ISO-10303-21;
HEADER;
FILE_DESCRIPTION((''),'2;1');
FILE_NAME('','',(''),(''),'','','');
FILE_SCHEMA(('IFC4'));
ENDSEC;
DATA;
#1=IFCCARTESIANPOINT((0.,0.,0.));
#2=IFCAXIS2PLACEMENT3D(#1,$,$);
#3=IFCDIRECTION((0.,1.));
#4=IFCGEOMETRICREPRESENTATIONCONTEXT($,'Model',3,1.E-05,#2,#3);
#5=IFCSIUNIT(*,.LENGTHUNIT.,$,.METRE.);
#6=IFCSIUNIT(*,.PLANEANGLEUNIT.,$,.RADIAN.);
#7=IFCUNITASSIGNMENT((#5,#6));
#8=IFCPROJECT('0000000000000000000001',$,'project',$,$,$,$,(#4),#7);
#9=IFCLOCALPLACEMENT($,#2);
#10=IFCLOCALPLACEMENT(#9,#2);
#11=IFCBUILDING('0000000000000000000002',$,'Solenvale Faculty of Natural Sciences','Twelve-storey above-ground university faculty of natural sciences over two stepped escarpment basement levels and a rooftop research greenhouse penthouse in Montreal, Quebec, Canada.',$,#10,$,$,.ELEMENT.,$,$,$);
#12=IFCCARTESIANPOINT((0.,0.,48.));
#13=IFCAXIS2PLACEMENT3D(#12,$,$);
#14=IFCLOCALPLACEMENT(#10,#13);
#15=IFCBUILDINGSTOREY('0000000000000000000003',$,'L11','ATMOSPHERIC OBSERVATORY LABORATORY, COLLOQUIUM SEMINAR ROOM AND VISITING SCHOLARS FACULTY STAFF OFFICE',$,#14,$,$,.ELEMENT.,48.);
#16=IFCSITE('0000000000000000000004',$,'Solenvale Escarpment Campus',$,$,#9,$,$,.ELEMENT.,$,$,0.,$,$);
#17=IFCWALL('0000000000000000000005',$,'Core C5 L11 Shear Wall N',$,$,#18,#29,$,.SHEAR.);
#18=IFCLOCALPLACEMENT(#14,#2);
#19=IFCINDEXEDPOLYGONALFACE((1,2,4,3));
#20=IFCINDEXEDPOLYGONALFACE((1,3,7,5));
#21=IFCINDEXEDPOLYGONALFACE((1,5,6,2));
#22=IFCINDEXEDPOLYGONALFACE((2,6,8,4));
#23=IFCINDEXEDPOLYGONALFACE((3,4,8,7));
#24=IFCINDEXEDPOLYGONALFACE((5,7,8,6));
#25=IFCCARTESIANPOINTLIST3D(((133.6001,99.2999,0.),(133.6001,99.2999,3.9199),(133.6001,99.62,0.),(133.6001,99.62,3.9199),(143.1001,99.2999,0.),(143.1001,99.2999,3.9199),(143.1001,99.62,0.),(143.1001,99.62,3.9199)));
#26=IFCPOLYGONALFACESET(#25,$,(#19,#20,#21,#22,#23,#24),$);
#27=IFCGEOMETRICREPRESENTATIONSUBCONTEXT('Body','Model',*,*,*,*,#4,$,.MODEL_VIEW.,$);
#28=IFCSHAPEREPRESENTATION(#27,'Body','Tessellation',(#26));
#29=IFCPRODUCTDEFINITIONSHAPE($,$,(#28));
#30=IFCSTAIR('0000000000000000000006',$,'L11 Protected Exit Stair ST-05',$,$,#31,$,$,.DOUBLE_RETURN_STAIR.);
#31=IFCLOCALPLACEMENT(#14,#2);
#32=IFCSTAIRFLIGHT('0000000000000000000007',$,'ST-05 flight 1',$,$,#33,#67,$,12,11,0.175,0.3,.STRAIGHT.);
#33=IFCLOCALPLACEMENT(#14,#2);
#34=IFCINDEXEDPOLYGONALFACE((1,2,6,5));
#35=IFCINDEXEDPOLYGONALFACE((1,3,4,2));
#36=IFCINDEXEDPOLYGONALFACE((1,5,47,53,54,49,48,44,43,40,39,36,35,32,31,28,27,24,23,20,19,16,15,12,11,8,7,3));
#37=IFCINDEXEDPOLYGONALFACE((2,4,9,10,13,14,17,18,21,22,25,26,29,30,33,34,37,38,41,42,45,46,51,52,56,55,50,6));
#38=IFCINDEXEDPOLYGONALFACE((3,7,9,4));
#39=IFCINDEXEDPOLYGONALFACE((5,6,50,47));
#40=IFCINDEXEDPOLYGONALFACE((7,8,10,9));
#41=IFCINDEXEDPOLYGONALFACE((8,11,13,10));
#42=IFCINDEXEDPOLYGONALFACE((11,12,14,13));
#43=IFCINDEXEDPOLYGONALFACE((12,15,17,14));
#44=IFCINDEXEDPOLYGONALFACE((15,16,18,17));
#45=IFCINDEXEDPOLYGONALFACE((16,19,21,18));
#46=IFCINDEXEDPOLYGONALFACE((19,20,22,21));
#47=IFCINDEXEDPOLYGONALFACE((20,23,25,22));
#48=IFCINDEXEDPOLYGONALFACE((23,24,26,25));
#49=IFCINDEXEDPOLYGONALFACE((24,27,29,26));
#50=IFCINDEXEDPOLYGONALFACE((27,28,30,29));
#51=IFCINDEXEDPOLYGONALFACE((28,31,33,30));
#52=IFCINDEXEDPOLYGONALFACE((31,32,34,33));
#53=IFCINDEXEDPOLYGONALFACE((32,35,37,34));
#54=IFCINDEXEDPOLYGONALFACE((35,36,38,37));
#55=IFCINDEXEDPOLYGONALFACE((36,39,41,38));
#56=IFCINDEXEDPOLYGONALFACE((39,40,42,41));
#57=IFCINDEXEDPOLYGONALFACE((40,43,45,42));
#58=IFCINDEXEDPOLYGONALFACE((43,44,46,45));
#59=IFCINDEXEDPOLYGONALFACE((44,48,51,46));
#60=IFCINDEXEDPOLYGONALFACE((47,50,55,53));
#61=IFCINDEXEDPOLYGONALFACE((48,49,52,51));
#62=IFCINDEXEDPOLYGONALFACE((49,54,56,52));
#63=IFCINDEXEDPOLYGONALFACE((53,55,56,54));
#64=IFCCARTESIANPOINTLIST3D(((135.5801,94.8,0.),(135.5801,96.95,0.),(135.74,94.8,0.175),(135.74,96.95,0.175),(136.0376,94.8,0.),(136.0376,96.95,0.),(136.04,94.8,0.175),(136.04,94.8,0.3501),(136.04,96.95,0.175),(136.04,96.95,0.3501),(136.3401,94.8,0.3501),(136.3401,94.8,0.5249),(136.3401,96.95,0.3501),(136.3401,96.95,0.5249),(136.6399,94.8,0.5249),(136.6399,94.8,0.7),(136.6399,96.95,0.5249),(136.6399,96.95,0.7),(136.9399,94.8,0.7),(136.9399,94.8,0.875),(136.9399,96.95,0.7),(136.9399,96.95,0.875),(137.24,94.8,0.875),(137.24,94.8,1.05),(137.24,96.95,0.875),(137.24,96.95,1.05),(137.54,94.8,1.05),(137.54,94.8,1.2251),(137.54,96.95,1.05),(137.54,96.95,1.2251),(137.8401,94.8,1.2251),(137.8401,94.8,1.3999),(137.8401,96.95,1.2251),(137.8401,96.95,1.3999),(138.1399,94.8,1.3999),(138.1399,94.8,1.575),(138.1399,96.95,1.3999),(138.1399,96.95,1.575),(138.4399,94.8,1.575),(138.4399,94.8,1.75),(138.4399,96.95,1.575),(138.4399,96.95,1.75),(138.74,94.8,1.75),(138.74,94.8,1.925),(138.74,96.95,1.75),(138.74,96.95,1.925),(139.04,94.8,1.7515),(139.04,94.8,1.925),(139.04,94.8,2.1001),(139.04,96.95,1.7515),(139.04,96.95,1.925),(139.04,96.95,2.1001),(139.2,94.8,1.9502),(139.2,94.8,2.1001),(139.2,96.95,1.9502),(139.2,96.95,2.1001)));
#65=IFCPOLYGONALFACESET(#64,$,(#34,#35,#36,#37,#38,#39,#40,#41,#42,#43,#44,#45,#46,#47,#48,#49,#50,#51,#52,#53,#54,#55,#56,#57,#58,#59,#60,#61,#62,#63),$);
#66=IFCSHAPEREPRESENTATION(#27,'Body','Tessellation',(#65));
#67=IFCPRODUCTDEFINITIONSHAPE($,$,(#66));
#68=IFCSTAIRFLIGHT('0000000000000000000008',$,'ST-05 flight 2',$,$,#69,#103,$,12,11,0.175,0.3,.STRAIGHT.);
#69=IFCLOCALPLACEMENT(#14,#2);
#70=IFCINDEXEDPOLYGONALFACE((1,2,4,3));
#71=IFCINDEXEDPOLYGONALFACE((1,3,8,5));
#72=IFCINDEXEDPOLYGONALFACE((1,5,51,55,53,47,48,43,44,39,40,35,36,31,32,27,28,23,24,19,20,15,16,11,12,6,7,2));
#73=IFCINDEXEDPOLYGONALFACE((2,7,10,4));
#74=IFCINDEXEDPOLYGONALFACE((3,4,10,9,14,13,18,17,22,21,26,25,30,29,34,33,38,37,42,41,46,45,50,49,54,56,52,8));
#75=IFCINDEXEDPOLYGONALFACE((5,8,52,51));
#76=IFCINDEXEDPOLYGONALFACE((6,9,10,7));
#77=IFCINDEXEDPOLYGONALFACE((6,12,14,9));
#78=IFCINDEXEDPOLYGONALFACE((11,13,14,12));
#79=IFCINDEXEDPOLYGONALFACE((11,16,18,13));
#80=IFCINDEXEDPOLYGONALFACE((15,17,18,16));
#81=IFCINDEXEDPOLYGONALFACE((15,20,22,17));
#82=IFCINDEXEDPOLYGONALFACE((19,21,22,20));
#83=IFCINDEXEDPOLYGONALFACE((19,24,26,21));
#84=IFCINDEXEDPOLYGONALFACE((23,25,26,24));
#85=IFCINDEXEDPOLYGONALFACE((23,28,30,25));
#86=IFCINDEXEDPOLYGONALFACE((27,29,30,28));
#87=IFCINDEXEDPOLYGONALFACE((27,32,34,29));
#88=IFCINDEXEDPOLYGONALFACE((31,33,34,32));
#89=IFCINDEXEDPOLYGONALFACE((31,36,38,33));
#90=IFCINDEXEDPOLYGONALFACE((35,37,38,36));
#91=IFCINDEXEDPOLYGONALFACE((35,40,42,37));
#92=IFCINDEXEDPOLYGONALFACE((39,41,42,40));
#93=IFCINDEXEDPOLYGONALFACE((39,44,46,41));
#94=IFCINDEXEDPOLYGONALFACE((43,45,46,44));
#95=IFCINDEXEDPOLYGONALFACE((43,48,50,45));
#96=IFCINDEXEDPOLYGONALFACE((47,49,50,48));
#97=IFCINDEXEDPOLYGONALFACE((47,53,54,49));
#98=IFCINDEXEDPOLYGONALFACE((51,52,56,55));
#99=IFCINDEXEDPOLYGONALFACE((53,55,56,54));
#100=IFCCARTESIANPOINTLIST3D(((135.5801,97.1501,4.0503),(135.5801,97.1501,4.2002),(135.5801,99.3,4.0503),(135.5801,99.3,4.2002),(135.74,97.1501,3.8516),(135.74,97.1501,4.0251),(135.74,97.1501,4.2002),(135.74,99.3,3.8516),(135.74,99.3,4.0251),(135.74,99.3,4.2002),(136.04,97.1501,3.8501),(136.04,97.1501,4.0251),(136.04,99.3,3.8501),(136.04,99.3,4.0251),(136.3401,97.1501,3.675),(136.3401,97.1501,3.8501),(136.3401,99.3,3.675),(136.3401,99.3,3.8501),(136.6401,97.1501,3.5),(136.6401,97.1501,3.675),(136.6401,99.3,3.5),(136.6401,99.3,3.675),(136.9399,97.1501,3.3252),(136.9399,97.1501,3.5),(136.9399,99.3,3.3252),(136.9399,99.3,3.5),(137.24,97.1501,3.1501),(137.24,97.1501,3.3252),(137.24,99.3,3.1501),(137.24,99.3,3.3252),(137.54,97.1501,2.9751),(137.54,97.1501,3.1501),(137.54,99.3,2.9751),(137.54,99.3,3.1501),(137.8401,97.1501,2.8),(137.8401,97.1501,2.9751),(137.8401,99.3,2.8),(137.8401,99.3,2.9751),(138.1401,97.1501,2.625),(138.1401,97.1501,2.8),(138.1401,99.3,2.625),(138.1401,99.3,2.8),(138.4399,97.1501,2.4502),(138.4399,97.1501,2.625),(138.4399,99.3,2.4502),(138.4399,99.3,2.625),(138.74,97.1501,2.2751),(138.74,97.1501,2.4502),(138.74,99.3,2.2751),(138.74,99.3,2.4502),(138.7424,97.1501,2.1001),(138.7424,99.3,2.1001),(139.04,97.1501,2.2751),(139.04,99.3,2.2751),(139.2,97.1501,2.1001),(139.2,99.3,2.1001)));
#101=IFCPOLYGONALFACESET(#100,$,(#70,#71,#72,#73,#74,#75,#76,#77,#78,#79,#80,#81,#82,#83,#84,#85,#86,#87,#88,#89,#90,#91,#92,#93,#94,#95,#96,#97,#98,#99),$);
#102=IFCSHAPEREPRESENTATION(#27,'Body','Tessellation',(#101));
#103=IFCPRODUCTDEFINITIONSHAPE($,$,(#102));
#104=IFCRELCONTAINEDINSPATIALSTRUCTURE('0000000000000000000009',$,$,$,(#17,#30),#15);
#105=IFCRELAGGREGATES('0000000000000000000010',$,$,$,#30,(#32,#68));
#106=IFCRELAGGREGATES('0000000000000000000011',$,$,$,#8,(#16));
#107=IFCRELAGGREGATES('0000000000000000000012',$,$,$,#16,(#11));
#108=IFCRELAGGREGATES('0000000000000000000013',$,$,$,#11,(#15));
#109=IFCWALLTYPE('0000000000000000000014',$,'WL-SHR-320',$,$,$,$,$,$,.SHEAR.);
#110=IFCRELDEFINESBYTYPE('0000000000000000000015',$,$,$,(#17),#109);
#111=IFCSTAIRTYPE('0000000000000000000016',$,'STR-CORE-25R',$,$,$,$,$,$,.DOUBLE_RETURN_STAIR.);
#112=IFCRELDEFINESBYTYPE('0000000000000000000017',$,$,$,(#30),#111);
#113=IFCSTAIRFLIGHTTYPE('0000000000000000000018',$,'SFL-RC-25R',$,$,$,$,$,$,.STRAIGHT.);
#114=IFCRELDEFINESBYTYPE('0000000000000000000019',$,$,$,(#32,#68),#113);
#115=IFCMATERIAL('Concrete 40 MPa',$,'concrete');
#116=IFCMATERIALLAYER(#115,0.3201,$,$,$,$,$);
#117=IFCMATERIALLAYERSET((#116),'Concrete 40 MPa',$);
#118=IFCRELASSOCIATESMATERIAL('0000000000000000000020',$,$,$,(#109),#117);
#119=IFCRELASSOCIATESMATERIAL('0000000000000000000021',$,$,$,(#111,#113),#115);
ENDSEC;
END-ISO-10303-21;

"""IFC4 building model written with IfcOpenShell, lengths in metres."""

from ifc_helpers import new_model, si_unit, direction, frame, frame_2d, origin, place, context, subcontext, project, spatial, polyline, rectangle, outline, extrude, material, layer, layer_set, type_object, element, aggregate, save


model = new_model("IFC4")

# Units and contexts
model_context = context("Model", 3, precision=1e-05, world=origin(), true_north=direction((0.0, 1.0)))
body_context = subcontext(model_context, "Body", "Model", "MODEL_VIEW")
ifc_project = project(units=[si_unit("LENGTHUNIT", "METRE"), si_unit("PLANEANGLEUNIT", "RADIAN")], contexts=[model_context])

# Site, building, storey
site_placement = place(None, origin())
site = spatial("IfcSite", under=ifc_project, at=site_placement, Name="Solenvale Escarpment Campus", CompositionType="ELEMENT", RefElevation=0.0)
building_placement = place(site_placement, origin())
building = spatial("IfcBuilding", under=site, at=building_placement, Name="Solenvale Faculty of Natural Sciences", Description="Twelve-storey above-ground university faculty of natural sciences over two stepped escarpment basement levels and a rooftop research greenhouse penthouse in Montreal, Quebec, Canada.", CompositionType="ELEMENT")
storey_placement = place(building_placement, frame((0.0, 0.0, 48.0)))
storey = spatial("IfcBuildingStorey", under=building, at=storey_placement, Name="L11", Description="ATMOSPHERIC OBSERVATORY LABORATORY, COLLOQUIUM SEMINAR ROOM AND VISITING SCHOLARS FACULTY STAFF OFFICE", CompositionType="ELEMENT", Elevation=48.0)

# Shared definitions
ifc_material_1 = material(Name="Concrete 40 MPa", Category="concrete")

# Wall
ifc_layer_1 = layer(ifc_material_1, 0.3201)
ifc_layer_set_1 = layer_set([ifc_layer_1], Name="Concrete 40 MPa")
wall_type = type_object("IfcWallType", Name="WL-SHR-320", PredefinedType="SHEAR", material=ifc_layer_set_1)
wall_placement = place(storey_placement, frame((133.6001, 99.46, 0.0), z_axis=(0.0, 0.0, 1.0), x_axis=(1.0, 0.0, 0.0)))
element("IfcWall", 1, at=wall_placement, inside=storey, type_object=wall_type, Name="Core C5 L11 Shear Wall N", PredefinedType="SHEAR", context=body_context, shape_type="SweptSolid", body=[
    extrude(rectangle(XDim=9.5, YDim=0.3201, at=frame_2d((4.75, 0.0))), origin(), (0.0, 0.0, 1.0), 3.9199),
])

# Stair, stair flights
stair_type = type_object("IfcStairType", Name="STR-CORE-25R", PredefinedType="DOUBLE_RETURN_STAIR", material=ifc_material_1)
stair_placement = place(storey_placement, origin())
stair = element("IfcStair", 2, at=stair_placement, inside=storey, type_object=stair_type, Name="L11 Protected Exit Stair ST-05", PredefinedType="DOUBLE_RETURN_STAIR")
stair_flight_type = type_object("IfcStairFlightType", Name="SFL-RC-25R", PredefinedType="STRAIGHT", material=ifc_material_1)
stair_flight_1_placement = place(storey_placement, frame((135.74, 95.875, 0.0), z_axis=(0.0, 0.0, 1.0), x_axis=(1.0, 0.0, 0.0)))
stair_flight_1 = element("IfcStairFlight", 3, at=stair_flight_1_placement, type_object=stair_flight_type, Name="ST-05 flight 1", NumberOfRisers=12, NumberOfTreads=11, PredefinedType="STRAIGHT", RiserHeight=0.175, TreadLength=0.3, context=body_context, shape_type="SweptSolid", body=[
    extrude(outline(polyline([(-0.1599, 0.0), (0.0, 0.175), (0.3, 0.175), (0.3, 0.3501), (0.6001, 0.3501), (0.6001, 0.5249), (0.8999, 0.5249), (0.8999, 0.7), (1.2, 0.7), (1.2, 0.875), (1.5, 0.875), (1.5, 1.05), (1.8, 1.05), (1.8, 1.2251), (2.1001, 1.2251), (2.1001, 1.3999), (2.3999, 1.3999), (2.3999, 1.575), (2.7, 1.575), (2.7, 1.75), (3.0, 1.75), (3.0, 1.925), (3.3, 1.925), (3.3, 2.1001), (3.46, 2.1001), (3.46, 1.9502), (3.3, 1.7515), (0.2976, 0.0), (-0.1599, 0.0)])), frame((0.0, 1.075, 0.0), z_axis=(0.0, -1.0, 0.0), x_axis=(1.0, 0.0, 0.0)), (0.0, 0.0, 1.0), 2.1499),
])
stair_flight_2_placement = place(storey_placement, frame((139.04, 98.2251, 2.1001), z_axis=(0.0, 0.0, 1.0), x_axis=(-1.0, 0.0, 0.0)))
stair_flight_2 = element("IfcStairFlight", 4, at=stair_flight_2_placement, type_object=stair_flight_type, Name="ST-05 flight 2", NumberOfRisers=12, NumberOfTreads=11, PredefinedType="STRAIGHT", RiserHeight=0.175, TreadLength=0.3, context=body_context, shape_type="SweptSolid", body=[
    extrude(outline(polyline([(-0.1599, 0.0), (0.0, 0.175), (0.3, 0.175), (0.3, 0.3501), (0.6001, 0.3501), (0.6001, 0.5249), (0.8999, 0.5249), (0.8999, 0.7), (1.2, 0.7), (1.2, 0.875), (1.5, 0.875), (1.5, 1.05), (1.8, 1.05), (1.8, 1.2251), (2.1001, 1.2251), (2.1001, 1.3999), (2.3999, 1.3999), (2.3999, 1.575), (2.7, 1.575), (2.7, 1.75), (3.0, 1.75), (3.0, 1.925), (3.3, 1.925), (3.3, 2.1001), (3.46, 2.1001), (3.46, 1.9502), (3.3, 1.7515), (0.2976, 0.0), (-0.1599, 0.0)])), frame((0.0, 1.075, 0.0), z_axis=(0.0, -1.0, 0.0), x_axis=(1.0, 0.0, 0.0)), (0.0, 0.0, 1.0), 2.1499),
])
aggregate(stair, [stair_flight_1, stair_flight_2])

save(model, "model.ifc")
